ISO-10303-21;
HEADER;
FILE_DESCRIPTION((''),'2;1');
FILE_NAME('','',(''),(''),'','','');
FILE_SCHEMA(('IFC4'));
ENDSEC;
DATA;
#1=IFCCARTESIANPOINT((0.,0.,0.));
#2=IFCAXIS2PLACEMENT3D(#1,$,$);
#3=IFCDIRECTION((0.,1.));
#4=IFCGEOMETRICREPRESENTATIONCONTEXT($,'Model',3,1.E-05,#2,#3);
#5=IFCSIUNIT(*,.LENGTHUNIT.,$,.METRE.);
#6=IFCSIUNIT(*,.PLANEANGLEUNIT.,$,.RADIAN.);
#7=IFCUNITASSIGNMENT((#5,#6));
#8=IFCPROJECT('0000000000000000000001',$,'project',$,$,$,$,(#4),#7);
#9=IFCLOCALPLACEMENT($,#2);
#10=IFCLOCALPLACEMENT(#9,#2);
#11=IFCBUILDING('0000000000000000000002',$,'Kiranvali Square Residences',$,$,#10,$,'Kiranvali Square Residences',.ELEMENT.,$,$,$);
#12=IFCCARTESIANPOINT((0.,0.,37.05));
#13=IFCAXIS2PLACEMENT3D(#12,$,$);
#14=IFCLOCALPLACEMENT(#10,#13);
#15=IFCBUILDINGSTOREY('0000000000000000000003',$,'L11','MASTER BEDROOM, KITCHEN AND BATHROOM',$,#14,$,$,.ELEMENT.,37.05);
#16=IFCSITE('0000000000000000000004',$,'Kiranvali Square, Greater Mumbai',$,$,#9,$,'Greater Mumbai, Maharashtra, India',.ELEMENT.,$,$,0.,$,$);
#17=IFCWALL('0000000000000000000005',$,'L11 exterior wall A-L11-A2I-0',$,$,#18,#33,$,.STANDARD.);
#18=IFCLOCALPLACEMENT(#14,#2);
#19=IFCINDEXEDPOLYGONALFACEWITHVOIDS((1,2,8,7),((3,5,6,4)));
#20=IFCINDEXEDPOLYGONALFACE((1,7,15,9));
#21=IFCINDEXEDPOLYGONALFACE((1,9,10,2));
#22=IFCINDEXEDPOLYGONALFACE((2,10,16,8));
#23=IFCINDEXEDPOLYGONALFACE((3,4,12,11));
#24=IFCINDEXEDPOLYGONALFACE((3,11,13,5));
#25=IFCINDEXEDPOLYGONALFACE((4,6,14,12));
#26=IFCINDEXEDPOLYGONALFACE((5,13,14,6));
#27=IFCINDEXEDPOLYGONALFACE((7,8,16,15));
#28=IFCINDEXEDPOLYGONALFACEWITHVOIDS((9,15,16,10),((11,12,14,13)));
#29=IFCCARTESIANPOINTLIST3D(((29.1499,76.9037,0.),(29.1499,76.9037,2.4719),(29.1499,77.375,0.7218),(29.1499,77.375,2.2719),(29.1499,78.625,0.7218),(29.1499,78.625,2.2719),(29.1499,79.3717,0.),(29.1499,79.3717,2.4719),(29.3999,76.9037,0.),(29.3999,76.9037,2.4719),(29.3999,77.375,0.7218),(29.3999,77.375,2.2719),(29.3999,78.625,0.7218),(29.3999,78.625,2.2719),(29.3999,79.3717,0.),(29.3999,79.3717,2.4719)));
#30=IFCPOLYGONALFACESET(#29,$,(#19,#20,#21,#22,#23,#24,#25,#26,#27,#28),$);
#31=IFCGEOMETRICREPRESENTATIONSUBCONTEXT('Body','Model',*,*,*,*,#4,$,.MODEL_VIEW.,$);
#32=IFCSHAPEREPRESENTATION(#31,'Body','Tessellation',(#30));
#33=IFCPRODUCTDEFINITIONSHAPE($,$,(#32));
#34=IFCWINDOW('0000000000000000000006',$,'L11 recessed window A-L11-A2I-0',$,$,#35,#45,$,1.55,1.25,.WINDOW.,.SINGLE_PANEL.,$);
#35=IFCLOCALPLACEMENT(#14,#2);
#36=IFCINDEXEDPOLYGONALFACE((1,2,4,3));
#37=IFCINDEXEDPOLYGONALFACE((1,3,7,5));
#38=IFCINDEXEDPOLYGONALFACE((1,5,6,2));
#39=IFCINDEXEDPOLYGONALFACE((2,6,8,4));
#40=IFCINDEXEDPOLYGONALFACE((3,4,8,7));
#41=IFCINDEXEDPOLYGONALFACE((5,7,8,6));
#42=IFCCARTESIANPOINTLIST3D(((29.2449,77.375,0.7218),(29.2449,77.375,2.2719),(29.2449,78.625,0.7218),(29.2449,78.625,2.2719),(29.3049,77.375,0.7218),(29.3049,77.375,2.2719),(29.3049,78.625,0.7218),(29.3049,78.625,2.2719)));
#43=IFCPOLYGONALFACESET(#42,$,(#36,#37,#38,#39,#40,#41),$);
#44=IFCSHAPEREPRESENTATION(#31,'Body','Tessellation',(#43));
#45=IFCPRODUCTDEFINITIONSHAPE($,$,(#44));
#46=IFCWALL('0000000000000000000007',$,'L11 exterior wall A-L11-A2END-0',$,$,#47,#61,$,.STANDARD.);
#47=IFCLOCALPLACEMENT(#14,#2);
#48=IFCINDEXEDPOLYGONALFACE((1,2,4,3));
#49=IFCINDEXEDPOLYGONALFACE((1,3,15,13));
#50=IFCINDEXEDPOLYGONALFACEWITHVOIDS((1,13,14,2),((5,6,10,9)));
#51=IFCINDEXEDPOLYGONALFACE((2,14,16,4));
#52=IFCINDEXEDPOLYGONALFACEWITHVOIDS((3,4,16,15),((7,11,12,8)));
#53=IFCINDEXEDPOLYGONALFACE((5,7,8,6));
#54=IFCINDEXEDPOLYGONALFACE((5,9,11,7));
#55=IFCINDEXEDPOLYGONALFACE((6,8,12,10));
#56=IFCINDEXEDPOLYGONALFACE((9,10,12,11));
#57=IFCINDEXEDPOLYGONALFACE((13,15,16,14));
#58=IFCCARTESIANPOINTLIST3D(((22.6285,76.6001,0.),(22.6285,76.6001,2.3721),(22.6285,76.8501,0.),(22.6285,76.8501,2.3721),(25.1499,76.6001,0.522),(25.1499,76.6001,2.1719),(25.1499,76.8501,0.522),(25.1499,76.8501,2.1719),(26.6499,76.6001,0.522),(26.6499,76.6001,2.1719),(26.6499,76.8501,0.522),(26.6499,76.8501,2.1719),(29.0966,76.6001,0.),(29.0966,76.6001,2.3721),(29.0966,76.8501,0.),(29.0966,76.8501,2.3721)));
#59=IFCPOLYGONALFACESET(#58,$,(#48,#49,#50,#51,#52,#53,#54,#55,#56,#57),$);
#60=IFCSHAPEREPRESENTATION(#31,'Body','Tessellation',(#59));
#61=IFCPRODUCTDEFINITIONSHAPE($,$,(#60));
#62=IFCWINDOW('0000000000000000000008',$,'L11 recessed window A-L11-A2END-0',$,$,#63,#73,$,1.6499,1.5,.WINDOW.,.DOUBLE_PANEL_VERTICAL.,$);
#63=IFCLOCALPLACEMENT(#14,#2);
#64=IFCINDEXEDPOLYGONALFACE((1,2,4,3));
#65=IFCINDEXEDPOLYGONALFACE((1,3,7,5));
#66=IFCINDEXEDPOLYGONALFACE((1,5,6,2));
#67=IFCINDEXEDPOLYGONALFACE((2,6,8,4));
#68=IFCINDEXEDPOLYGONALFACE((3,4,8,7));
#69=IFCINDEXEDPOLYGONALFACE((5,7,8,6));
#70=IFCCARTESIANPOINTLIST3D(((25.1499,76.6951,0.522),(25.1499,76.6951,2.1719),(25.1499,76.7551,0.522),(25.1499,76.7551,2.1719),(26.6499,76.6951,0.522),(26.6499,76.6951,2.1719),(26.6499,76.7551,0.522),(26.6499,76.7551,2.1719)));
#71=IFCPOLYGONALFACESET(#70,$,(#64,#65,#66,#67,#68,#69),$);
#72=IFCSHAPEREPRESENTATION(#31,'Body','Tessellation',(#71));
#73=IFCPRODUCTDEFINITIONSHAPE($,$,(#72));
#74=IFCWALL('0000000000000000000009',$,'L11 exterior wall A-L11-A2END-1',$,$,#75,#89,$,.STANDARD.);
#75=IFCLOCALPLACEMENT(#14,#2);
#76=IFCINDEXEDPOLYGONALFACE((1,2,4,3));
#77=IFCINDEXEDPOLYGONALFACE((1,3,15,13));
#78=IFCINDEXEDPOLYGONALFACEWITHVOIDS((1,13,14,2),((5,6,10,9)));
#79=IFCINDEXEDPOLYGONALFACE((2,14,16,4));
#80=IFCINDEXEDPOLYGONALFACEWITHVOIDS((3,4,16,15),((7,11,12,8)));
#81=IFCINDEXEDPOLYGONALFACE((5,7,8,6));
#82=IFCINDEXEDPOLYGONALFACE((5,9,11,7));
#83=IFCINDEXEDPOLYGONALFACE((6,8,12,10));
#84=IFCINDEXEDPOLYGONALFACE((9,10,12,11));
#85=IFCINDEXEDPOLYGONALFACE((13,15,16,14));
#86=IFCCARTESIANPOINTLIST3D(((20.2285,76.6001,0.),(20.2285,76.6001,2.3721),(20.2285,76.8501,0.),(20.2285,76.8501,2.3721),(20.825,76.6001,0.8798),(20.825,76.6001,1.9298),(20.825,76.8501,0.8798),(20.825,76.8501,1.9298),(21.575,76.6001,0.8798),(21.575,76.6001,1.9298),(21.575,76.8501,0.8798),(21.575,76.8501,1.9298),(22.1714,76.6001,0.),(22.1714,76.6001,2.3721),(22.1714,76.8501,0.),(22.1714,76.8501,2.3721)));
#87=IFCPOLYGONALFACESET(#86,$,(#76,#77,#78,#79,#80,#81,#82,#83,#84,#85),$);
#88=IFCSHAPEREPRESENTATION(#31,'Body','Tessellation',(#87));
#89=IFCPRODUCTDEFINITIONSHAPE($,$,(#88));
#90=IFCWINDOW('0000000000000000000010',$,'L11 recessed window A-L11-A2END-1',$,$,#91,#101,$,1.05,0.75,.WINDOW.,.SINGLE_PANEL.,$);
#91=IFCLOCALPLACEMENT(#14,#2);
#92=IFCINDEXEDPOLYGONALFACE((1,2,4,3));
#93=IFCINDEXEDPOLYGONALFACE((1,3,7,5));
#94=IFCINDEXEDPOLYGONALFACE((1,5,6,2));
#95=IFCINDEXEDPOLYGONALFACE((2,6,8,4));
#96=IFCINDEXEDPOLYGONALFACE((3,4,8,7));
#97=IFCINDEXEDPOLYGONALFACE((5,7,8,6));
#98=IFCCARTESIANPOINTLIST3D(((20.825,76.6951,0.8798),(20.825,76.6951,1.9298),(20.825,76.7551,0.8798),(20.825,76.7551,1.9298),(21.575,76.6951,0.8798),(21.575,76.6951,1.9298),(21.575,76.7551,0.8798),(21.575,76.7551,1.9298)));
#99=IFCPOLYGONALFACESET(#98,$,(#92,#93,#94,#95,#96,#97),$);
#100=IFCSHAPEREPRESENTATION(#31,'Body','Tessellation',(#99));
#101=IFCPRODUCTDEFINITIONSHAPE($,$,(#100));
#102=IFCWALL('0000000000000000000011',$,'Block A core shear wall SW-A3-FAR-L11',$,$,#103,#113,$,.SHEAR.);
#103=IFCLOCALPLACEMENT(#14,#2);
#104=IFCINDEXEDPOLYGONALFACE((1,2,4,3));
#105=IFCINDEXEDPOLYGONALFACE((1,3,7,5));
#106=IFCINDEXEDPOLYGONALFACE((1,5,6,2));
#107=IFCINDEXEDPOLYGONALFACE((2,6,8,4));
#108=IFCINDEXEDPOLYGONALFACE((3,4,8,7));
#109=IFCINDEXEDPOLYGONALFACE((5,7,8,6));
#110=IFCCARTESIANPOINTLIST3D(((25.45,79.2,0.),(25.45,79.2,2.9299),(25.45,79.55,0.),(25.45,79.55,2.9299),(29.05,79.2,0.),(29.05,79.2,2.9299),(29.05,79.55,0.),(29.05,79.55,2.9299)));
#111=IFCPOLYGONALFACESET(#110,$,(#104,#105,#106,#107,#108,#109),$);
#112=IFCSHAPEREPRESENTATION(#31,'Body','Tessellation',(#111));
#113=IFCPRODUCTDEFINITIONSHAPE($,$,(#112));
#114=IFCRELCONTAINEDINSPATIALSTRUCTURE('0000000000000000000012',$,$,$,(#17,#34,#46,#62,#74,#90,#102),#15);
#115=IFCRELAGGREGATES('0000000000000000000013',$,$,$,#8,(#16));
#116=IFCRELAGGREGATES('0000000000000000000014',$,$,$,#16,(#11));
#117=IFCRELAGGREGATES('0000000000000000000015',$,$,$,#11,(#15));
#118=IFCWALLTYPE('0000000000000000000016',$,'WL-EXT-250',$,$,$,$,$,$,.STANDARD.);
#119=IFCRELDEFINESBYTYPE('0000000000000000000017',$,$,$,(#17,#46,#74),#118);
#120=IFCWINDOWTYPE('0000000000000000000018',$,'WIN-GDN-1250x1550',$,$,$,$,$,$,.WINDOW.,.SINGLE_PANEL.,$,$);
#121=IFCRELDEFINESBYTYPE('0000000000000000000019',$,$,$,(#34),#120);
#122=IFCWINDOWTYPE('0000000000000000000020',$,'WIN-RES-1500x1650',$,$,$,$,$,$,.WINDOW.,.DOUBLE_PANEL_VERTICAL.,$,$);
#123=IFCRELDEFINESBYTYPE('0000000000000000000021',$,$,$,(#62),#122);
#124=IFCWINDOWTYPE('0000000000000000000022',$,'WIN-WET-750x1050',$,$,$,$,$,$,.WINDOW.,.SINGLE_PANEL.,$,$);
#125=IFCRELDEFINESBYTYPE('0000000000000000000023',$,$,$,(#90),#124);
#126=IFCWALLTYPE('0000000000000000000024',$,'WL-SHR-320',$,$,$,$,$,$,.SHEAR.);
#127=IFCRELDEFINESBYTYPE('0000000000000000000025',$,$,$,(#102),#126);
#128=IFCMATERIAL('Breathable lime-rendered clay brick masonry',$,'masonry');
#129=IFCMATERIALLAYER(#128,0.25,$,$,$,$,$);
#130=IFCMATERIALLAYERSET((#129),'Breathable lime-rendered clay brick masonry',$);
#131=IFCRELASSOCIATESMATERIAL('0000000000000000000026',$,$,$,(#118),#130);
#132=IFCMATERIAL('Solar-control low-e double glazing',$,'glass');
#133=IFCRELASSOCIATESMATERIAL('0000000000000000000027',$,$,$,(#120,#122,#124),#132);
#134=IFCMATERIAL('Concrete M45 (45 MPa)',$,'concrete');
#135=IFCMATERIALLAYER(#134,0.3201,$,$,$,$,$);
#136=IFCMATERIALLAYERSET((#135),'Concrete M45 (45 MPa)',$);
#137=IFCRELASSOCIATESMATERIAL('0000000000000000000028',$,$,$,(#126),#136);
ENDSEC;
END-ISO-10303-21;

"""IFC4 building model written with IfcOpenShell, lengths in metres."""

from ifc_helpers import new_model, si_unit, direction, frame, frame_2d, origin, place, context, subcontext, project, spatial, rectangle, extrude, material, layer, layer_set, type_object, element, fill, save


model = new_model("IFC4")

# Units and contexts
model_context = context("Model", 3, precision=1e-05, world=origin(), true_north=direction((0.0, 1.0)))
body_context = subcontext(model_context, "Body", "Model", "MODEL_VIEW")
ifc_project = project(units=[si_unit("LENGTHUNIT", "METRE"), si_unit("PLANEANGLEUNIT", "RADIAN")], contexts=[model_context])

# Site, building, storey
site_placement = place(None, origin())
site = spatial("IfcSite", under=ifc_project, at=site_placement, Name="Kiranvali Square, Greater Mumbai", LongName="Greater Mumbai, Maharashtra, India", CompositionType="ELEMENT", RefElevation=0.0)
building_placement = place(site_placement, origin())
building = spatial("IfcBuilding", under=site, at=building_placement, Name="Kiranvali Square Residences", LongName="Kiranvali Square Residences", CompositionType="ELEMENT")
storey_placement = place(building_placement, frame((0.0, 0.0, 37.05)))
storey = spatial("IfcBuildingStorey", under=building, at=storey_placement, Name="L11", Description="MASTER BEDROOM, KITCHEN AND BATHROOM", CompositionType="ELEMENT", Elevation=37.05)

# Shared definitions
ifc_material_1 = material(Name="Concrete M45 (45 MPa)", Category="concrete")

# Walls, openings, windows
ifc_material_2 = material(Name="Breathable lime-rendered clay brick masonry", Category="masonry")
ifc_layer_1 = layer(ifc_material_2, 0.25)
ifc_layer_set_1 = layer_set([ifc_layer_1], Name="Breathable lime-rendered clay brick masonry")
wall_type_1 = type_object("IfcWallType", Name="WL-EXT-250", PredefinedType="STANDARD", material=ifc_layer_set_1)
wall_1_placement = place(storey_placement, frame((29.2749, 79.3716, 0.0), z_axis=(0.0, 0.0, 1.0), x_axis=(0.0, -1.0, 0.0)))
wall_1 = element("IfcWall", 1, at=wall_1_placement, inside=storey, type_object=wall_type_1, Name="L11 exterior wall A-L11-A2I-0", PredefinedType="STANDARD", context=body_context, shape_type="SweptSolid", body=[
    extrude(rectangle(XDim=2.468, YDim=0.25, at=frame_2d((1.2339, 0.0))), origin(), (0.0, 0.0, 1.0), 2.4719),
])
opening_1_placement = place(wall_1_placement, frame((0.7466, 0.0, 0.7219)))
opening_1 = element("IfcOpeningElement", 2, at=opening_1_placement, cuts=wall_1, PredefinedType="OPENING", context=body_context, shape_type="SweptSolid", body=[
    extrude(rectangle(XDim=1.25, YDim=1.55, at=frame_2d((0.625, 0.7749))), frame((0.0, 0.135, 0.0), z_axis=(0.0, -1.0, 0.0), x_axis=(1.0, 0.0, 0.0)), (0.0, 0.0, 1.0), 0.27),
])
ifc_material_3 = material(Name="Solar-control low-e double glazing", Category="glass")
window_type_1 = type_object("IfcWindowType", Name="WIN-GDN-1250x1550", PartitioningType="SINGLE_PANEL", PredefinedType="WINDOW", material=ifc_material_3)
window_1_placement = place(opening_1_placement, origin())
window_1 = element("IfcWindow", 3, at=window_1_placement, inside=storey, type_object=window_type_1, Name="L11 recessed window A-L11-A2I-0", OverallHeight=1.55, OverallWidth=1.25, PartitioningType="SINGLE_PANEL", PredefinedType="WINDOW", context=body_context, shape_type="SweptSolid", body=[
    extrude(rectangle(XDim=1.25, YDim=1.55, at=frame_2d((0.625, 0.7749))), frame((0.0, 0.03, 0.0), z_axis=(0.0, -1.0, 0.0), x_axis=(1.0, 0.0, 0.0)), (0.0, 0.0, 1.0), 0.0601),
])
fill(opening_1, window_1)
wall_2_placement = place(storey_placement, frame((29.0964, 76.7251, 0.0), z_axis=(0.0, 0.0, 1.0), x_axis=(-1.0, 0.0, 0.0)))
wall_2 = element("IfcWall", 4, at=wall_2_placement, inside=storey, type_object=wall_type_1, Name="L11 exterior wall A-L11-A2END-0", PredefinedType="STANDARD", context=body_context, shape_type="SweptSolid", body=[
    extrude(rectangle(XDim=6.468, YDim=0.25, at=frame_2d((3.2339, 0.0))), origin(), (0.0, 0.0, 1.0), 2.3721),
])
opening_2_placement = place(wall_2_placement, frame((2.4465, 0.0, 0.522)))
opening_2 = element("IfcOpeningElement", 5, at=opening_2_placement, cuts=wall_2, PredefinedType="OPENING", context=body_context, shape_type="SweptSolid", body=[
    extrude(rectangle(XDim=1.5, YDim=1.6499, at=frame_2d((0.75, 0.825))), frame((0.0, 0.135, 0.0), z_axis=(0.0, -1.0, 0.0), x_axis=(1.0, 0.0, 0.0)), (0.0, 0.0, 1.0), 0.27),
])
window_type_2 = type_object("IfcWindowType", Name="WIN-RES-1500x1650", PartitioningType="DOUBLE_PANEL_VERTICAL", PredefinedType="WINDOW", material=ifc_material_3)
window_2_placement = place(opening_2_placement, origin())
window_2 = element("IfcWindow", 6, at=window_2_placement, inside=storey, type_object=window_type_2, Name="L11 recessed window A-L11-A2END-0", OverallHeight=1.6499, OverallWidth=1.5, PartitioningType="DOUBLE_PANEL_VERTICAL", PredefinedType="WINDOW", context=body_context, shape_type="SweptSolid", body=[
    extrude(rectangle(XDim=1.5, YDim=1.6499, at=frame_2d((0.75, 0.825))), frame((0.0, 0.03, 0.0), z_axis=(0.0, -1.0, 0.0), x_axis=(1.0, 0.0, 0.0)), (0.0, 0.0, 1.0), 0.0601),
])
fill(opening_2, window_2)
wall_3_placement = place(storey_placement, frame((22.1714, 76.7251, 0.0), z_axis=(0.0, 0.0, 1.0), x_axis=(-1.0, 0.0, 0.0)))
wall_3 = element("IfcWall", 7, at=wall_3_placement, inside=storey, type_object=wall_type_1, Name="L11 exterior wall A-L11-A2END-1", PredefinedType="STANDARD", context=body_context, shape_type="SweptSolid", body=[
    extrude(rectangle(XDim=1.9429, YDim=0.25, at=frame_2d((0.9714, 0.0))), origin(), (0.0, 0.0, 1.0), 2.3721),
])
opening_3_placement = place(wall_3_placement, frame((0.5964, 0.0, 0.8799)))
opening_3 = element("IfcOpeningElement", 8, at=opening_3_placement, cuts=wall_3, PredefinedType="OPENING", context=body_context, shape_type="SweptSolid", body=[
    extrude(rectangle(XDim=0.75, YDim=1.05, at=frame_2d((0.375, 0.5249))), frame((0.0, 0.135, 0.0), z_axis=(0.0, -1.0, 0.0), x_axis=(1.0, 0.0, 0.0)), (0.0, 0.0, 1.0), 0.27),
])
window_type_3 = type_object("IfcWindowType", Name="WIN-WET-750x1050", PartitioningType="SINGLE_PANEL", PredefinedType="WINDOW", material=ifc_material_3)
window_3_placement = place(opening_3_placement, origin())
window_3 = element("IfcWindow", 9, at=window_3_placement, inside=storey, type_object=window_type_3, Name="L11 recessed window A-L11-A2END-1", OverallHeight=1.05, OverallWidth=0.75, PartitioningType="SINGLE_PANEL", PredefinedType="WINDOW", context=body_context, shape_type="SweptSolid", body=[
    extrude(rectangle(XDim=0.75, YDim=1.05, at=frame_2d((0.375, 0.5249))), frame((0.0, 0.03, 0.0), z_axis=(0.0, -1.0, 0.0), x_axis=(1.0, 0.0, 0.0)), (0.0, 0.0, 1.0), 0.0601),
])
fill(opening_3, window_3)

# Wall
ifc_layer_2 = layer(ifc_material_1, 0.3201)
ifc_layer_set_2 = layer_set([ifc_layer_2], Name="Concrete M45 (45 MPa)")
wall_type_2 = type_object("IfcWallType", Name="WL-SHR-320", PredefinedType="SHEAR", material=ifc_layer_set_2)
wall_4_placement = place(storey_placement, frame((29.05, 79.375, 0.0), z_axis=(0.0, 0.0, 1.0), x_axis=(-1.0, 0.0, 0.0)))
element("IfcWall", 10, at=wall_4_placement, inside=storey, type_object=wall_type_2, Name="Block A core shear wall SW-A3-FAR-L11", PredefinedType="SHEAR", context=body_context, shape_type="SweptSolid", body=[
    extrude(rectangle(XDim=3.6001, YDim=0.3501, at=frame_2d((1.8, 0.0))), origin(), (0.0, 0.0, 1.0), 2.9299),
])

save(model, "model.ifc")
